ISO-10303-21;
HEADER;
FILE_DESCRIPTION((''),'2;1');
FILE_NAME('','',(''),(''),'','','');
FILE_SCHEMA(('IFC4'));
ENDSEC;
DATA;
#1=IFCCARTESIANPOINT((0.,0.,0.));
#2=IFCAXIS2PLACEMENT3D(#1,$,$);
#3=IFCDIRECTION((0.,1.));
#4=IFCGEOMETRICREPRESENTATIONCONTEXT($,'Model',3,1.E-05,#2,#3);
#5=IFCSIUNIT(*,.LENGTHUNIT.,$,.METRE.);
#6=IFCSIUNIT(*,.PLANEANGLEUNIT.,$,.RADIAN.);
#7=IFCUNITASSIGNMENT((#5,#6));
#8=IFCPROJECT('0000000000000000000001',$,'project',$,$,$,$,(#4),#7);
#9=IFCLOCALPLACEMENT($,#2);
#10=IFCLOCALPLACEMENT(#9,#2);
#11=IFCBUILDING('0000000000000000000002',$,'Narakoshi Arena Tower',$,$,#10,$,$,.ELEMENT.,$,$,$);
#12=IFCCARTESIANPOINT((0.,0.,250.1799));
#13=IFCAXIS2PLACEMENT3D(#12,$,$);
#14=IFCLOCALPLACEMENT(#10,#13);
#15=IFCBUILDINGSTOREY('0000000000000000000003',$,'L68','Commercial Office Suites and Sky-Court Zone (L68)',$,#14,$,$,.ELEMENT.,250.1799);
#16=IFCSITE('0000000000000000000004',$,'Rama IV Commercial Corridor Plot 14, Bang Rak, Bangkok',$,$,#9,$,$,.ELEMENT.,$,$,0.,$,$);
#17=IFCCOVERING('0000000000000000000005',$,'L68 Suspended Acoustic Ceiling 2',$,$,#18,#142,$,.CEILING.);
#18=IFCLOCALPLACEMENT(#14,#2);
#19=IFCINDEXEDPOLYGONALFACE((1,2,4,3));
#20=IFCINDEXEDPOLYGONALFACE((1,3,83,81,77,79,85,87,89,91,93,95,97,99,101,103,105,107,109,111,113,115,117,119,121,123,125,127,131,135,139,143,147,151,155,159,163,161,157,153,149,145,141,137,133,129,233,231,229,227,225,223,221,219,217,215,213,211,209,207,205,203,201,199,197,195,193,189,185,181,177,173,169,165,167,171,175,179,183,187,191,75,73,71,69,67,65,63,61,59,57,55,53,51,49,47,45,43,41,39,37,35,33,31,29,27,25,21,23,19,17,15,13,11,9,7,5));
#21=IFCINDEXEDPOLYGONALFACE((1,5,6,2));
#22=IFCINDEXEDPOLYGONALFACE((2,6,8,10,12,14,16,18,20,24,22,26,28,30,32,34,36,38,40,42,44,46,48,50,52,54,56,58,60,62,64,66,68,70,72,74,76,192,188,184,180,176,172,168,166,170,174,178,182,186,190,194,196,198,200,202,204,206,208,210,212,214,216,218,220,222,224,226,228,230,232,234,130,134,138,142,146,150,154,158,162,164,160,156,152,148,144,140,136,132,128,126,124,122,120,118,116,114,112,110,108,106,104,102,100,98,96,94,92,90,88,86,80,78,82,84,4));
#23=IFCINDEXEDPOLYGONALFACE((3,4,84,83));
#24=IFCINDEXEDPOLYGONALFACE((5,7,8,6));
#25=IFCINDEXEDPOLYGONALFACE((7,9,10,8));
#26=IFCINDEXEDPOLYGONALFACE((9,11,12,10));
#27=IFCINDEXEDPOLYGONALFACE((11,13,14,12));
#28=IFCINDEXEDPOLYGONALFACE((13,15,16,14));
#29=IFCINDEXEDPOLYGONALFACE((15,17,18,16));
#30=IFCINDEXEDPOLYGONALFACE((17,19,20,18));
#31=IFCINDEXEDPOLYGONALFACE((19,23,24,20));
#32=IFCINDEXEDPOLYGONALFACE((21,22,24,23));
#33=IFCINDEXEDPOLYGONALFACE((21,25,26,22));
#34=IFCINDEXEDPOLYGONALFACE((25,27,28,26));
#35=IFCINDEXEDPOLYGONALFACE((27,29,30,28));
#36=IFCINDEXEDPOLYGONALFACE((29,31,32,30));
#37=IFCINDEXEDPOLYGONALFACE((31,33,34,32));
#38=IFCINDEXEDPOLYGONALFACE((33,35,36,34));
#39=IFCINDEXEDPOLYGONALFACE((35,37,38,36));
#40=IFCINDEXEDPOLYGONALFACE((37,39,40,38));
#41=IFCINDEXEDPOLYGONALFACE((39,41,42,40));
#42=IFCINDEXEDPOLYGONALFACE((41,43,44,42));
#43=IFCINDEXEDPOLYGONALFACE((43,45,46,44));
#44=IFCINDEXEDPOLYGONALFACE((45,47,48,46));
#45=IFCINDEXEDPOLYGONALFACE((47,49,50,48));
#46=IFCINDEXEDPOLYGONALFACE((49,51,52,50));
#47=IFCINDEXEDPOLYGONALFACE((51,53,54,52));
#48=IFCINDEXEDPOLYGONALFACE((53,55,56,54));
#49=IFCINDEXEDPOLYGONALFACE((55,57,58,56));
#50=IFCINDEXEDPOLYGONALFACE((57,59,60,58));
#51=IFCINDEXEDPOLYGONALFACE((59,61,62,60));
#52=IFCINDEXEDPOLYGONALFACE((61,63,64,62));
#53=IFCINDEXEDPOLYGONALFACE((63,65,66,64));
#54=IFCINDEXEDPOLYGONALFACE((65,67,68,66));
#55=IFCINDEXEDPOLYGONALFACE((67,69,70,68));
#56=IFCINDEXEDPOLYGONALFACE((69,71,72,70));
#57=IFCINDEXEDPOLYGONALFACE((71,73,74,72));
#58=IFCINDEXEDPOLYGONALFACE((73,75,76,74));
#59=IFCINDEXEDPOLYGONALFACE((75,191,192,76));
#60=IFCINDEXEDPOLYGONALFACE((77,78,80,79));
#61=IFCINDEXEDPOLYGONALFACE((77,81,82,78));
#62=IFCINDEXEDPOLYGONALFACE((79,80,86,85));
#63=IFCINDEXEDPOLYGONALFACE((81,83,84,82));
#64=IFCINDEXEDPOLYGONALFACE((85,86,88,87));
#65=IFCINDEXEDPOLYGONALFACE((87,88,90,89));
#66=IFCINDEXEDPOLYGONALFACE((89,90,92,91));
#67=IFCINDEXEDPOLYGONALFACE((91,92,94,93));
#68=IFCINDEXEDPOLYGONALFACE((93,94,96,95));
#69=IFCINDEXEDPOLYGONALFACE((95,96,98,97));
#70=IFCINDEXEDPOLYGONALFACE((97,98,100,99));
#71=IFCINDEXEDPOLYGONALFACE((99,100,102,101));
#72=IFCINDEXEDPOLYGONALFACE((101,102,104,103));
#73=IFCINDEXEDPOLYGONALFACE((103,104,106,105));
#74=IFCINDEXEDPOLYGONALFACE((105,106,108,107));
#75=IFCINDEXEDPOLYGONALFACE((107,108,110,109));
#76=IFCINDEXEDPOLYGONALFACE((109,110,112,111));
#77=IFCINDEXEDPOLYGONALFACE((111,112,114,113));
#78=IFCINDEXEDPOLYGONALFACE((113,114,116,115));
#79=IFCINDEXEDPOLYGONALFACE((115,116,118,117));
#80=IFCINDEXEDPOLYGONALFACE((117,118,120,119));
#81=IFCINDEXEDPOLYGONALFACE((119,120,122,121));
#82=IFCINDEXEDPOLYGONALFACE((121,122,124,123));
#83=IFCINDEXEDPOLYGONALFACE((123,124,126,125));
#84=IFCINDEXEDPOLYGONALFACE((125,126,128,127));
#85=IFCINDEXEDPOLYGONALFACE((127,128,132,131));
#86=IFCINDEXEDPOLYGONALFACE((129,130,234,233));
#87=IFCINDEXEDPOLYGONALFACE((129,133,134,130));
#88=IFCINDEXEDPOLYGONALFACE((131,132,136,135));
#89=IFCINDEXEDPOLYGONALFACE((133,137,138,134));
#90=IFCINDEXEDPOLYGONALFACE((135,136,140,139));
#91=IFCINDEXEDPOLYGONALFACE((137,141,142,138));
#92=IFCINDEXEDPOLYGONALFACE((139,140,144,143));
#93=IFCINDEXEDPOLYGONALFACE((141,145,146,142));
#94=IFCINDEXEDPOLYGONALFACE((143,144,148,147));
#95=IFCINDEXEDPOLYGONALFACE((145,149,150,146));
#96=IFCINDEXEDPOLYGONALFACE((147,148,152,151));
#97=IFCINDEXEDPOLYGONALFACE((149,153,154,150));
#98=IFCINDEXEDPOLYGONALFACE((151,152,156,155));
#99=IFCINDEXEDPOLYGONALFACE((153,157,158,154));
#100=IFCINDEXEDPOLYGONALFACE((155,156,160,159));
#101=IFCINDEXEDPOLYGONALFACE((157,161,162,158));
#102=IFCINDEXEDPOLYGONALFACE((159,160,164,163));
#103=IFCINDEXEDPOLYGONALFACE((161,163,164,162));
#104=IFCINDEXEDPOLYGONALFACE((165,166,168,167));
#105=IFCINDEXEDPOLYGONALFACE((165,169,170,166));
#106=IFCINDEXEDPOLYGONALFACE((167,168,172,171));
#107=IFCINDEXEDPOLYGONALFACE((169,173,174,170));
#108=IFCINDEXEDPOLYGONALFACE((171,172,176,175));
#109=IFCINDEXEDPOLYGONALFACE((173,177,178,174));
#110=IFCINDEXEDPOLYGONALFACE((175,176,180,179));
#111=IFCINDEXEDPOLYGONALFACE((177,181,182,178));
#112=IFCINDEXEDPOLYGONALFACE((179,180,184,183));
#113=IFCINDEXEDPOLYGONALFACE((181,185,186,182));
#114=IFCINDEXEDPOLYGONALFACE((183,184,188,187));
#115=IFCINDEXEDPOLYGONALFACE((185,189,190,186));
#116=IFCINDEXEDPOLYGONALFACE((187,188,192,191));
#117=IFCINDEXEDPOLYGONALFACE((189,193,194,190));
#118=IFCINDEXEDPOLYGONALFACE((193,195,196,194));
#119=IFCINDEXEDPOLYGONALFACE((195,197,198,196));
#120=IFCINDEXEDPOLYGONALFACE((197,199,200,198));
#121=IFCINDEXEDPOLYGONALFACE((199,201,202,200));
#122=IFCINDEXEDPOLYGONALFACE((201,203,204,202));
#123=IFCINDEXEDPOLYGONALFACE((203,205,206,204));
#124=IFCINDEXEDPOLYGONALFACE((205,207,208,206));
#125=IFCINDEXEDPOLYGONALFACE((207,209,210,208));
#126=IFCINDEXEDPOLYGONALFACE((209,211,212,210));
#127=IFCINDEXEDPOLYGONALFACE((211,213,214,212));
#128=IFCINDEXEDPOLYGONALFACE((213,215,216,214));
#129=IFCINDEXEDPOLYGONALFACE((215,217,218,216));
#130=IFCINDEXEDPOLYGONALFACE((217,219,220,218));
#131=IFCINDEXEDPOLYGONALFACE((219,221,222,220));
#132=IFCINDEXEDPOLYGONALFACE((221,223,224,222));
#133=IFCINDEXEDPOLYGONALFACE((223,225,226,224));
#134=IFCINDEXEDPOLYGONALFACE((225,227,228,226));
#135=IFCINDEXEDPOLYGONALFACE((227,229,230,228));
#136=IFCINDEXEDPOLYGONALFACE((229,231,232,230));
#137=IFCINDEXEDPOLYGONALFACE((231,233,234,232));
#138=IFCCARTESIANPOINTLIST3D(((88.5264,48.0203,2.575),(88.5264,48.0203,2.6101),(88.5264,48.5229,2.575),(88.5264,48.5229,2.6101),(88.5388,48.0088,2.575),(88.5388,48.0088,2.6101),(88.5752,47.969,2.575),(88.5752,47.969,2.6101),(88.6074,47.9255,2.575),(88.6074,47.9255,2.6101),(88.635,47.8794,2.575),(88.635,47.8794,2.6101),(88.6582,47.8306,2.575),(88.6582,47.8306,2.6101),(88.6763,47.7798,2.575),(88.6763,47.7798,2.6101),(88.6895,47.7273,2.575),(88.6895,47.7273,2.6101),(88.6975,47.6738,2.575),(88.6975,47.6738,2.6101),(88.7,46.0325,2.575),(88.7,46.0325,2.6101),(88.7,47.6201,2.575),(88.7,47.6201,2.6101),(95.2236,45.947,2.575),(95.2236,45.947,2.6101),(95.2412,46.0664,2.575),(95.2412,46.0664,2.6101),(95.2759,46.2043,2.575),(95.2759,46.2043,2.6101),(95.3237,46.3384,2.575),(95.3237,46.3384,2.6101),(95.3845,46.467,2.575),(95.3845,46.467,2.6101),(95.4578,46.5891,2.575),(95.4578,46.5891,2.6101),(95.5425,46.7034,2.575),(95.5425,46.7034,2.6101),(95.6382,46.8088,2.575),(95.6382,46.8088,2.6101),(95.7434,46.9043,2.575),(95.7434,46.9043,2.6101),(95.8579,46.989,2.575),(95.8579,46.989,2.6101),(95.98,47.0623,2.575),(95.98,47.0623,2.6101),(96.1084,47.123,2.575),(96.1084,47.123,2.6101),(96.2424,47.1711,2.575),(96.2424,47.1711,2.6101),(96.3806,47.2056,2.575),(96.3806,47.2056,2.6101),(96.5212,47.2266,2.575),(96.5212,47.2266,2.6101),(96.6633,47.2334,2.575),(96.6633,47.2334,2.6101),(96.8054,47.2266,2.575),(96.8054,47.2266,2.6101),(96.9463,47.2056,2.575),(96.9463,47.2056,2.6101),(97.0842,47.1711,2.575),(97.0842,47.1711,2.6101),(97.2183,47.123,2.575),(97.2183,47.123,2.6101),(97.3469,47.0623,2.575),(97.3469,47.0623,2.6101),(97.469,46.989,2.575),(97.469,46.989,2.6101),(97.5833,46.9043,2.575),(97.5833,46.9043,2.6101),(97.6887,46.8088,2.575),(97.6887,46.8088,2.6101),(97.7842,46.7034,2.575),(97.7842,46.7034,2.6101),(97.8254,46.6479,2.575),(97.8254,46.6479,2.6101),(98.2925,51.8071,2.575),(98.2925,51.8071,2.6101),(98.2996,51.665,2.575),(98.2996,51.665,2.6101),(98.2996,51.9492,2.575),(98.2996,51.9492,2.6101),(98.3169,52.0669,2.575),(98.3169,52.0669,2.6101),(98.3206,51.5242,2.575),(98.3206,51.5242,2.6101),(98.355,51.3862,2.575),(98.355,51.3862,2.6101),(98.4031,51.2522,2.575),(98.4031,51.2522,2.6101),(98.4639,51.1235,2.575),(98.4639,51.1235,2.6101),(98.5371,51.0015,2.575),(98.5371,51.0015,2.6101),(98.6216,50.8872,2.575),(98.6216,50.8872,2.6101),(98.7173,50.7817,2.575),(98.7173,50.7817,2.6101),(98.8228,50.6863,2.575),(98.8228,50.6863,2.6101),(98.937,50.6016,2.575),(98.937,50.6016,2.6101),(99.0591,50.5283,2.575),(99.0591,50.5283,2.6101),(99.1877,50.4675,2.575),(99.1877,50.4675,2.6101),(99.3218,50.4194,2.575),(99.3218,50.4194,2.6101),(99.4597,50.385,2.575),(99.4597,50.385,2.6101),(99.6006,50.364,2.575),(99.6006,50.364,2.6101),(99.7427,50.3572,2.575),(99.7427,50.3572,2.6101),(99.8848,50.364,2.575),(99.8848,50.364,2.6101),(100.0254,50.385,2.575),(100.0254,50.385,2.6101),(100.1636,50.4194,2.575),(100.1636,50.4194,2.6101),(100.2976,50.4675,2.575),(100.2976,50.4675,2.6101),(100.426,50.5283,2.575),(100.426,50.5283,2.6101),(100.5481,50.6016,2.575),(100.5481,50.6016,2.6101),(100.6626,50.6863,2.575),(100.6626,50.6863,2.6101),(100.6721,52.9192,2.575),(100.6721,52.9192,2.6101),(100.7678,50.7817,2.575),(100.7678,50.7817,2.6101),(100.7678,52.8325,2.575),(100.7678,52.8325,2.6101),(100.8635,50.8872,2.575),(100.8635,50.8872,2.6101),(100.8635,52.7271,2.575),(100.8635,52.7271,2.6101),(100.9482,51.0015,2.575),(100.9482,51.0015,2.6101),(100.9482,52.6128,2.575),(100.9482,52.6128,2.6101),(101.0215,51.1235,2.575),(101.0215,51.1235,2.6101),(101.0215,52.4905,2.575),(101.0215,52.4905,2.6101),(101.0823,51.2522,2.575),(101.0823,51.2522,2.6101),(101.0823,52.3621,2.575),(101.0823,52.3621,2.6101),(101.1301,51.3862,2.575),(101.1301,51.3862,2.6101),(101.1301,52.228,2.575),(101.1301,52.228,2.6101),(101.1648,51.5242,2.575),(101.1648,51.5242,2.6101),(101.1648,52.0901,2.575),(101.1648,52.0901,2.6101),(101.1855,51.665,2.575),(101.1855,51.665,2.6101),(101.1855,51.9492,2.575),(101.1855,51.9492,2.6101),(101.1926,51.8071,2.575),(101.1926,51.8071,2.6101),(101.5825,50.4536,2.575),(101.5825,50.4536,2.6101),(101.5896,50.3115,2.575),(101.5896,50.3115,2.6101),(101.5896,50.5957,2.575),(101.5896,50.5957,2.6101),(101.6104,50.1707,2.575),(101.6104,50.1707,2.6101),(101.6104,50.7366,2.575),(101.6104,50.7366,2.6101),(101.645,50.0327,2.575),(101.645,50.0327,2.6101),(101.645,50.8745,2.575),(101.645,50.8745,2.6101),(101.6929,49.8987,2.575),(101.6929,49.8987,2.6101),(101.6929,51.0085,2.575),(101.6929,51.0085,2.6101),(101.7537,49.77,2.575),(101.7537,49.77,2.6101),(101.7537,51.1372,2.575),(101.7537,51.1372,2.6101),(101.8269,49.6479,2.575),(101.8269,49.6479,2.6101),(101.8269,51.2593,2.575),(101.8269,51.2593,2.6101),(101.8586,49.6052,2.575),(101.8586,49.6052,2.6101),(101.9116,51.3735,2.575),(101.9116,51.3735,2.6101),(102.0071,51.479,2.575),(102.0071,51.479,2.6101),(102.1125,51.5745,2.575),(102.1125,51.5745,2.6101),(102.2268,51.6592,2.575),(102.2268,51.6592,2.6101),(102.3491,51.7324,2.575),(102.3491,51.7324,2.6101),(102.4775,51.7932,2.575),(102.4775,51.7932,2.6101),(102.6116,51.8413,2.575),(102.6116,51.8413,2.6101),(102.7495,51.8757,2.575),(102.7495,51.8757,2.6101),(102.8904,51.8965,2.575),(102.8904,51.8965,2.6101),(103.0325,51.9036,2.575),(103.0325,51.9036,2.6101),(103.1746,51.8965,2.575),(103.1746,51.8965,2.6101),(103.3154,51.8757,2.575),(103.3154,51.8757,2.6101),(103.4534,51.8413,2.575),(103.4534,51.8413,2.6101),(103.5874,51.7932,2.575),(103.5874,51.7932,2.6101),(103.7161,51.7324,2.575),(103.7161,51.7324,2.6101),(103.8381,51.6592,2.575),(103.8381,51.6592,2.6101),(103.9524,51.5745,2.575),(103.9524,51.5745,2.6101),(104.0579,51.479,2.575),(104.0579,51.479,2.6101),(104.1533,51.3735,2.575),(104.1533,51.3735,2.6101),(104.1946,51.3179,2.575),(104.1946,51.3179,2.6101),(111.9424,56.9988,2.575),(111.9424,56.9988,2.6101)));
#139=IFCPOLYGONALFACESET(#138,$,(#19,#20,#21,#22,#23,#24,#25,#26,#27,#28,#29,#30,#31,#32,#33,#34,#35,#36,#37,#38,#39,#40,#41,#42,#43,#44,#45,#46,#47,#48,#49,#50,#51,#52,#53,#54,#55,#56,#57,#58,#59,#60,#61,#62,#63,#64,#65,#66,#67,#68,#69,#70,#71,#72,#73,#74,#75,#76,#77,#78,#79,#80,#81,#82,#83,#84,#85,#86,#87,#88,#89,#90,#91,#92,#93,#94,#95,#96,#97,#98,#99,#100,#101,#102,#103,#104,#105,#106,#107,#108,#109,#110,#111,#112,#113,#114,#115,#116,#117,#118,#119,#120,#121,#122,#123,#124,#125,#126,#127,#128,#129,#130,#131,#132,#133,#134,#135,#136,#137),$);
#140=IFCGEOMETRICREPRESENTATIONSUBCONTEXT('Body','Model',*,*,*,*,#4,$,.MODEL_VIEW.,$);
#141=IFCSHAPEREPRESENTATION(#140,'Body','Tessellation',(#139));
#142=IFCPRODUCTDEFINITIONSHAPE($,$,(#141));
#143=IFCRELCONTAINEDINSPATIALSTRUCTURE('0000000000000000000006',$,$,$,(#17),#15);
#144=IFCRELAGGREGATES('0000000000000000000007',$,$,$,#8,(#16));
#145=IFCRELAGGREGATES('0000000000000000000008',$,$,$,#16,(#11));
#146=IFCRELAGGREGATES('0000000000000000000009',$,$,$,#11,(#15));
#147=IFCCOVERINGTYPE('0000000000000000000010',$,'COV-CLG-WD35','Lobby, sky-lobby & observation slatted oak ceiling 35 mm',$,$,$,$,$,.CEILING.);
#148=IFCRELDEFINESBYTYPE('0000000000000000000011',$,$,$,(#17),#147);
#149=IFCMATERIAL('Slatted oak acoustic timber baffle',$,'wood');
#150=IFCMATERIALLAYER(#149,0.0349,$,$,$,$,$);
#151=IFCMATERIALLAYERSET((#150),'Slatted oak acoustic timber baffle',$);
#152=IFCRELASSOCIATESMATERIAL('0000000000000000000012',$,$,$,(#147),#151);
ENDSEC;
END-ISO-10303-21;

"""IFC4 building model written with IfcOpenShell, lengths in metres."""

from ifc_helpers import new_model, si_unit, direction, frame, origin, place, context, subcontext, project, spatial, polyline, outline, extrude, material, layer, layer_set, type_object, element, save


model = new_model("IFC4")

# Units and contexts
model_context = context("Model", 3, precision=1e-05, world=origin(), true_north=direction((0.0, 1.0)))
body_context = subcontext(model_context, "Body", "Model", "MODEL_VIEW")
ifc_project = project(units=[si_unit("LENGTHUNIT", "METRE"), si_unit("PLANEANGLEUNIT", "RADIAN")], contexts=[model_context])

# Site, building, storey
site_placement = place(None, origin())
site = spatial("IfcSite", under=ifc_project, at=site_placement, Name="Rama IV Commercial Corridor Plot 14, Bang Rak, Bangkok", CompositionType="ELEMENT", RefElevation=0.0)
building_placement = place(site_placement, origin())
building = spatial("IfcBuilding", under=site, at=building_placement, Name="Narakoshi Arena Tower", CompositionType="ELEMENT")
storey_placement = place(building_placement, frame((0.0, 0.0, 250.1799)))
storey = spatial("IfcBuildingStorey", under=building, at=storey_placement, Name="L68", Description="Commercial Office Suites and Sky-Court Zone (L68)", CompositionType="ELEMENT", Elevation=250.1799)

# Covering
ifc_material_1 = material(Name="Slatted oak acoustic timber baffle", Category="wood")
ifc_layer_1 = layer(ifc_material_1, 0.0349)
ifc_layer_set_1 = layer_set([ifc_layer_1], Name="Slatted oak acoustic timber baffle")
covering_type_1 = type_object("IfcCoveringType", Name="COV-CLG-WD35", Description="Lobby, sky-lobby & observation slatted oak ceiling 35 mm", PredefinedType="CEILING", material=ifc_layer_set_1)
covering_1_placement = place(storey_placement, frame((0.0, 0.0, 2.575)))
element("IfcCovering", 1, at=covering_1_placement, inside=storey, type_object=covering_type_1, Name="L68 Suspended Acoustic Ceiling 2", PredefinedType="CEILING", context=body_context, shape_type="SweptSolid", body=[
    extrude(outline(polyline([(88.7, 47.6201), (88.6975, 47.6738), (88.6895, 47.7273), (88.6763, 47.7798), (88.6582, 47.8306), (88.635, 47.8794), (88.6074, 47.9255), (88.5752, 47.969), (88.5388, 48.0088), (88.5264, 48.0203), (88.5264, 48.5229), (98.3169, 52.0669), (98.2996, 51.9492), (98.2925, 51.8071), (98.2996, 51.665), (98.3206, 51.5242), (98.355, 51.3862), (98.4031, 51.2522), (98.4639, 51.1235), (98.5371, 51.0015), (98.6216, 50.8872), (98.7173, 50.7817), (98.8228, 50.6863), (98.937, 50.6016), (99.0591, 50.5283), (99.1877, 50.4675), (99.3218, 50.4194), (99.4597, 50.385), (99.6006, 50.364), (99.7427, 50.3572), (99.8848, 50.364), (100.0254, 50.385), (100.1636, 50.4194), (100.2976, 50.4675), (100.426, 50.5283), (100.5481, 50.6016), (100.6626, 50.6863), (100.7678, 50.7817), (100.8635, 50.8872), (100.9482, 51.0015), (101.0215, 51.1235), (101.0823, 51.2522), (101.1301, 51.3862), (101.1648, 51.5242), (101.1855, 51.665), (101.1926, 51.8071), (101.1855, 51.9492), (101.1648, 52.0901), (101.1301, 52.228), (101.0823, 52.3621), (101.0215, 52.4905), (100.9482, 52.6128), (100.8635, 52.7271), (100.7678, 52.8325), (100.6721, 52.9192), (111.9424, 56.9988), (104.1946, 51.3179), (104.1533, 51.3735), (104.0579, 51.479), (103.9524, 51.5745), (103.8381, 51.6592), (103.7161, 51.7324), (103.5874, 51.7932), (103.4534, 51.8413), (103.3154, 51.8757), (103.1746, 51.8965), (103.0325, 51.9036), (102.8904, 51.8965), (102.7495, 51.8757), (102.6116, 51.8413), (102.4775, 51.7932), (102.3491, 51.7324), (102.2268, 51.6592), (102.1125, 51.5745), (102.0071, 51.479), (101.9116, 51.3735), (101.8269, 51.2593), (101.7537, 51.1372), (101.6929, 51.0085), (101.645, 50.8745), (101.6104, 50.7366), (101.5896, 50.5957), (101.5825, 50.4536), (101.5896, 50.3115), (101.6104, 50.1707), (101.645, 50.0327), (101.6929, 49.8987), (101.7537, 49.77), (101.8269, 49.6479), (101.8586, 49.6052), (97.8254, 46.6479), (97.7842, 46.7034), (97.6887, 46.8088), (97.5833, 46.9043), (97.469, 46.989), (97.3469, 47.0623), (97.2183, 47.123), (97.0842, 47.1711), (96.9463, 47.2056), (96.8054, 47.2266), (96.6633, 47.2334), (96.5212, 47.2266), (96.3806, 47.2056), (96.2424, 47.1711), (96.1084, 47.123), (95.98, 47.0623), (95.8579, 46.989), (95.7434, 46.9043), (95.6382, 46.8088), (95.5425, 46.7034), (95.4578, 46.5891), (95.3845, 46.467), (95.3237, 46.3384), (95.2759, 46.2043), (95.2412, 46.0664), (95.2236, 45.947), (88.7, 46.0325), (88.7, 47.6201)])), origin(), (0.0, 0.0, 1.0), 0.0352),
])

save(model, "model.ifc")
